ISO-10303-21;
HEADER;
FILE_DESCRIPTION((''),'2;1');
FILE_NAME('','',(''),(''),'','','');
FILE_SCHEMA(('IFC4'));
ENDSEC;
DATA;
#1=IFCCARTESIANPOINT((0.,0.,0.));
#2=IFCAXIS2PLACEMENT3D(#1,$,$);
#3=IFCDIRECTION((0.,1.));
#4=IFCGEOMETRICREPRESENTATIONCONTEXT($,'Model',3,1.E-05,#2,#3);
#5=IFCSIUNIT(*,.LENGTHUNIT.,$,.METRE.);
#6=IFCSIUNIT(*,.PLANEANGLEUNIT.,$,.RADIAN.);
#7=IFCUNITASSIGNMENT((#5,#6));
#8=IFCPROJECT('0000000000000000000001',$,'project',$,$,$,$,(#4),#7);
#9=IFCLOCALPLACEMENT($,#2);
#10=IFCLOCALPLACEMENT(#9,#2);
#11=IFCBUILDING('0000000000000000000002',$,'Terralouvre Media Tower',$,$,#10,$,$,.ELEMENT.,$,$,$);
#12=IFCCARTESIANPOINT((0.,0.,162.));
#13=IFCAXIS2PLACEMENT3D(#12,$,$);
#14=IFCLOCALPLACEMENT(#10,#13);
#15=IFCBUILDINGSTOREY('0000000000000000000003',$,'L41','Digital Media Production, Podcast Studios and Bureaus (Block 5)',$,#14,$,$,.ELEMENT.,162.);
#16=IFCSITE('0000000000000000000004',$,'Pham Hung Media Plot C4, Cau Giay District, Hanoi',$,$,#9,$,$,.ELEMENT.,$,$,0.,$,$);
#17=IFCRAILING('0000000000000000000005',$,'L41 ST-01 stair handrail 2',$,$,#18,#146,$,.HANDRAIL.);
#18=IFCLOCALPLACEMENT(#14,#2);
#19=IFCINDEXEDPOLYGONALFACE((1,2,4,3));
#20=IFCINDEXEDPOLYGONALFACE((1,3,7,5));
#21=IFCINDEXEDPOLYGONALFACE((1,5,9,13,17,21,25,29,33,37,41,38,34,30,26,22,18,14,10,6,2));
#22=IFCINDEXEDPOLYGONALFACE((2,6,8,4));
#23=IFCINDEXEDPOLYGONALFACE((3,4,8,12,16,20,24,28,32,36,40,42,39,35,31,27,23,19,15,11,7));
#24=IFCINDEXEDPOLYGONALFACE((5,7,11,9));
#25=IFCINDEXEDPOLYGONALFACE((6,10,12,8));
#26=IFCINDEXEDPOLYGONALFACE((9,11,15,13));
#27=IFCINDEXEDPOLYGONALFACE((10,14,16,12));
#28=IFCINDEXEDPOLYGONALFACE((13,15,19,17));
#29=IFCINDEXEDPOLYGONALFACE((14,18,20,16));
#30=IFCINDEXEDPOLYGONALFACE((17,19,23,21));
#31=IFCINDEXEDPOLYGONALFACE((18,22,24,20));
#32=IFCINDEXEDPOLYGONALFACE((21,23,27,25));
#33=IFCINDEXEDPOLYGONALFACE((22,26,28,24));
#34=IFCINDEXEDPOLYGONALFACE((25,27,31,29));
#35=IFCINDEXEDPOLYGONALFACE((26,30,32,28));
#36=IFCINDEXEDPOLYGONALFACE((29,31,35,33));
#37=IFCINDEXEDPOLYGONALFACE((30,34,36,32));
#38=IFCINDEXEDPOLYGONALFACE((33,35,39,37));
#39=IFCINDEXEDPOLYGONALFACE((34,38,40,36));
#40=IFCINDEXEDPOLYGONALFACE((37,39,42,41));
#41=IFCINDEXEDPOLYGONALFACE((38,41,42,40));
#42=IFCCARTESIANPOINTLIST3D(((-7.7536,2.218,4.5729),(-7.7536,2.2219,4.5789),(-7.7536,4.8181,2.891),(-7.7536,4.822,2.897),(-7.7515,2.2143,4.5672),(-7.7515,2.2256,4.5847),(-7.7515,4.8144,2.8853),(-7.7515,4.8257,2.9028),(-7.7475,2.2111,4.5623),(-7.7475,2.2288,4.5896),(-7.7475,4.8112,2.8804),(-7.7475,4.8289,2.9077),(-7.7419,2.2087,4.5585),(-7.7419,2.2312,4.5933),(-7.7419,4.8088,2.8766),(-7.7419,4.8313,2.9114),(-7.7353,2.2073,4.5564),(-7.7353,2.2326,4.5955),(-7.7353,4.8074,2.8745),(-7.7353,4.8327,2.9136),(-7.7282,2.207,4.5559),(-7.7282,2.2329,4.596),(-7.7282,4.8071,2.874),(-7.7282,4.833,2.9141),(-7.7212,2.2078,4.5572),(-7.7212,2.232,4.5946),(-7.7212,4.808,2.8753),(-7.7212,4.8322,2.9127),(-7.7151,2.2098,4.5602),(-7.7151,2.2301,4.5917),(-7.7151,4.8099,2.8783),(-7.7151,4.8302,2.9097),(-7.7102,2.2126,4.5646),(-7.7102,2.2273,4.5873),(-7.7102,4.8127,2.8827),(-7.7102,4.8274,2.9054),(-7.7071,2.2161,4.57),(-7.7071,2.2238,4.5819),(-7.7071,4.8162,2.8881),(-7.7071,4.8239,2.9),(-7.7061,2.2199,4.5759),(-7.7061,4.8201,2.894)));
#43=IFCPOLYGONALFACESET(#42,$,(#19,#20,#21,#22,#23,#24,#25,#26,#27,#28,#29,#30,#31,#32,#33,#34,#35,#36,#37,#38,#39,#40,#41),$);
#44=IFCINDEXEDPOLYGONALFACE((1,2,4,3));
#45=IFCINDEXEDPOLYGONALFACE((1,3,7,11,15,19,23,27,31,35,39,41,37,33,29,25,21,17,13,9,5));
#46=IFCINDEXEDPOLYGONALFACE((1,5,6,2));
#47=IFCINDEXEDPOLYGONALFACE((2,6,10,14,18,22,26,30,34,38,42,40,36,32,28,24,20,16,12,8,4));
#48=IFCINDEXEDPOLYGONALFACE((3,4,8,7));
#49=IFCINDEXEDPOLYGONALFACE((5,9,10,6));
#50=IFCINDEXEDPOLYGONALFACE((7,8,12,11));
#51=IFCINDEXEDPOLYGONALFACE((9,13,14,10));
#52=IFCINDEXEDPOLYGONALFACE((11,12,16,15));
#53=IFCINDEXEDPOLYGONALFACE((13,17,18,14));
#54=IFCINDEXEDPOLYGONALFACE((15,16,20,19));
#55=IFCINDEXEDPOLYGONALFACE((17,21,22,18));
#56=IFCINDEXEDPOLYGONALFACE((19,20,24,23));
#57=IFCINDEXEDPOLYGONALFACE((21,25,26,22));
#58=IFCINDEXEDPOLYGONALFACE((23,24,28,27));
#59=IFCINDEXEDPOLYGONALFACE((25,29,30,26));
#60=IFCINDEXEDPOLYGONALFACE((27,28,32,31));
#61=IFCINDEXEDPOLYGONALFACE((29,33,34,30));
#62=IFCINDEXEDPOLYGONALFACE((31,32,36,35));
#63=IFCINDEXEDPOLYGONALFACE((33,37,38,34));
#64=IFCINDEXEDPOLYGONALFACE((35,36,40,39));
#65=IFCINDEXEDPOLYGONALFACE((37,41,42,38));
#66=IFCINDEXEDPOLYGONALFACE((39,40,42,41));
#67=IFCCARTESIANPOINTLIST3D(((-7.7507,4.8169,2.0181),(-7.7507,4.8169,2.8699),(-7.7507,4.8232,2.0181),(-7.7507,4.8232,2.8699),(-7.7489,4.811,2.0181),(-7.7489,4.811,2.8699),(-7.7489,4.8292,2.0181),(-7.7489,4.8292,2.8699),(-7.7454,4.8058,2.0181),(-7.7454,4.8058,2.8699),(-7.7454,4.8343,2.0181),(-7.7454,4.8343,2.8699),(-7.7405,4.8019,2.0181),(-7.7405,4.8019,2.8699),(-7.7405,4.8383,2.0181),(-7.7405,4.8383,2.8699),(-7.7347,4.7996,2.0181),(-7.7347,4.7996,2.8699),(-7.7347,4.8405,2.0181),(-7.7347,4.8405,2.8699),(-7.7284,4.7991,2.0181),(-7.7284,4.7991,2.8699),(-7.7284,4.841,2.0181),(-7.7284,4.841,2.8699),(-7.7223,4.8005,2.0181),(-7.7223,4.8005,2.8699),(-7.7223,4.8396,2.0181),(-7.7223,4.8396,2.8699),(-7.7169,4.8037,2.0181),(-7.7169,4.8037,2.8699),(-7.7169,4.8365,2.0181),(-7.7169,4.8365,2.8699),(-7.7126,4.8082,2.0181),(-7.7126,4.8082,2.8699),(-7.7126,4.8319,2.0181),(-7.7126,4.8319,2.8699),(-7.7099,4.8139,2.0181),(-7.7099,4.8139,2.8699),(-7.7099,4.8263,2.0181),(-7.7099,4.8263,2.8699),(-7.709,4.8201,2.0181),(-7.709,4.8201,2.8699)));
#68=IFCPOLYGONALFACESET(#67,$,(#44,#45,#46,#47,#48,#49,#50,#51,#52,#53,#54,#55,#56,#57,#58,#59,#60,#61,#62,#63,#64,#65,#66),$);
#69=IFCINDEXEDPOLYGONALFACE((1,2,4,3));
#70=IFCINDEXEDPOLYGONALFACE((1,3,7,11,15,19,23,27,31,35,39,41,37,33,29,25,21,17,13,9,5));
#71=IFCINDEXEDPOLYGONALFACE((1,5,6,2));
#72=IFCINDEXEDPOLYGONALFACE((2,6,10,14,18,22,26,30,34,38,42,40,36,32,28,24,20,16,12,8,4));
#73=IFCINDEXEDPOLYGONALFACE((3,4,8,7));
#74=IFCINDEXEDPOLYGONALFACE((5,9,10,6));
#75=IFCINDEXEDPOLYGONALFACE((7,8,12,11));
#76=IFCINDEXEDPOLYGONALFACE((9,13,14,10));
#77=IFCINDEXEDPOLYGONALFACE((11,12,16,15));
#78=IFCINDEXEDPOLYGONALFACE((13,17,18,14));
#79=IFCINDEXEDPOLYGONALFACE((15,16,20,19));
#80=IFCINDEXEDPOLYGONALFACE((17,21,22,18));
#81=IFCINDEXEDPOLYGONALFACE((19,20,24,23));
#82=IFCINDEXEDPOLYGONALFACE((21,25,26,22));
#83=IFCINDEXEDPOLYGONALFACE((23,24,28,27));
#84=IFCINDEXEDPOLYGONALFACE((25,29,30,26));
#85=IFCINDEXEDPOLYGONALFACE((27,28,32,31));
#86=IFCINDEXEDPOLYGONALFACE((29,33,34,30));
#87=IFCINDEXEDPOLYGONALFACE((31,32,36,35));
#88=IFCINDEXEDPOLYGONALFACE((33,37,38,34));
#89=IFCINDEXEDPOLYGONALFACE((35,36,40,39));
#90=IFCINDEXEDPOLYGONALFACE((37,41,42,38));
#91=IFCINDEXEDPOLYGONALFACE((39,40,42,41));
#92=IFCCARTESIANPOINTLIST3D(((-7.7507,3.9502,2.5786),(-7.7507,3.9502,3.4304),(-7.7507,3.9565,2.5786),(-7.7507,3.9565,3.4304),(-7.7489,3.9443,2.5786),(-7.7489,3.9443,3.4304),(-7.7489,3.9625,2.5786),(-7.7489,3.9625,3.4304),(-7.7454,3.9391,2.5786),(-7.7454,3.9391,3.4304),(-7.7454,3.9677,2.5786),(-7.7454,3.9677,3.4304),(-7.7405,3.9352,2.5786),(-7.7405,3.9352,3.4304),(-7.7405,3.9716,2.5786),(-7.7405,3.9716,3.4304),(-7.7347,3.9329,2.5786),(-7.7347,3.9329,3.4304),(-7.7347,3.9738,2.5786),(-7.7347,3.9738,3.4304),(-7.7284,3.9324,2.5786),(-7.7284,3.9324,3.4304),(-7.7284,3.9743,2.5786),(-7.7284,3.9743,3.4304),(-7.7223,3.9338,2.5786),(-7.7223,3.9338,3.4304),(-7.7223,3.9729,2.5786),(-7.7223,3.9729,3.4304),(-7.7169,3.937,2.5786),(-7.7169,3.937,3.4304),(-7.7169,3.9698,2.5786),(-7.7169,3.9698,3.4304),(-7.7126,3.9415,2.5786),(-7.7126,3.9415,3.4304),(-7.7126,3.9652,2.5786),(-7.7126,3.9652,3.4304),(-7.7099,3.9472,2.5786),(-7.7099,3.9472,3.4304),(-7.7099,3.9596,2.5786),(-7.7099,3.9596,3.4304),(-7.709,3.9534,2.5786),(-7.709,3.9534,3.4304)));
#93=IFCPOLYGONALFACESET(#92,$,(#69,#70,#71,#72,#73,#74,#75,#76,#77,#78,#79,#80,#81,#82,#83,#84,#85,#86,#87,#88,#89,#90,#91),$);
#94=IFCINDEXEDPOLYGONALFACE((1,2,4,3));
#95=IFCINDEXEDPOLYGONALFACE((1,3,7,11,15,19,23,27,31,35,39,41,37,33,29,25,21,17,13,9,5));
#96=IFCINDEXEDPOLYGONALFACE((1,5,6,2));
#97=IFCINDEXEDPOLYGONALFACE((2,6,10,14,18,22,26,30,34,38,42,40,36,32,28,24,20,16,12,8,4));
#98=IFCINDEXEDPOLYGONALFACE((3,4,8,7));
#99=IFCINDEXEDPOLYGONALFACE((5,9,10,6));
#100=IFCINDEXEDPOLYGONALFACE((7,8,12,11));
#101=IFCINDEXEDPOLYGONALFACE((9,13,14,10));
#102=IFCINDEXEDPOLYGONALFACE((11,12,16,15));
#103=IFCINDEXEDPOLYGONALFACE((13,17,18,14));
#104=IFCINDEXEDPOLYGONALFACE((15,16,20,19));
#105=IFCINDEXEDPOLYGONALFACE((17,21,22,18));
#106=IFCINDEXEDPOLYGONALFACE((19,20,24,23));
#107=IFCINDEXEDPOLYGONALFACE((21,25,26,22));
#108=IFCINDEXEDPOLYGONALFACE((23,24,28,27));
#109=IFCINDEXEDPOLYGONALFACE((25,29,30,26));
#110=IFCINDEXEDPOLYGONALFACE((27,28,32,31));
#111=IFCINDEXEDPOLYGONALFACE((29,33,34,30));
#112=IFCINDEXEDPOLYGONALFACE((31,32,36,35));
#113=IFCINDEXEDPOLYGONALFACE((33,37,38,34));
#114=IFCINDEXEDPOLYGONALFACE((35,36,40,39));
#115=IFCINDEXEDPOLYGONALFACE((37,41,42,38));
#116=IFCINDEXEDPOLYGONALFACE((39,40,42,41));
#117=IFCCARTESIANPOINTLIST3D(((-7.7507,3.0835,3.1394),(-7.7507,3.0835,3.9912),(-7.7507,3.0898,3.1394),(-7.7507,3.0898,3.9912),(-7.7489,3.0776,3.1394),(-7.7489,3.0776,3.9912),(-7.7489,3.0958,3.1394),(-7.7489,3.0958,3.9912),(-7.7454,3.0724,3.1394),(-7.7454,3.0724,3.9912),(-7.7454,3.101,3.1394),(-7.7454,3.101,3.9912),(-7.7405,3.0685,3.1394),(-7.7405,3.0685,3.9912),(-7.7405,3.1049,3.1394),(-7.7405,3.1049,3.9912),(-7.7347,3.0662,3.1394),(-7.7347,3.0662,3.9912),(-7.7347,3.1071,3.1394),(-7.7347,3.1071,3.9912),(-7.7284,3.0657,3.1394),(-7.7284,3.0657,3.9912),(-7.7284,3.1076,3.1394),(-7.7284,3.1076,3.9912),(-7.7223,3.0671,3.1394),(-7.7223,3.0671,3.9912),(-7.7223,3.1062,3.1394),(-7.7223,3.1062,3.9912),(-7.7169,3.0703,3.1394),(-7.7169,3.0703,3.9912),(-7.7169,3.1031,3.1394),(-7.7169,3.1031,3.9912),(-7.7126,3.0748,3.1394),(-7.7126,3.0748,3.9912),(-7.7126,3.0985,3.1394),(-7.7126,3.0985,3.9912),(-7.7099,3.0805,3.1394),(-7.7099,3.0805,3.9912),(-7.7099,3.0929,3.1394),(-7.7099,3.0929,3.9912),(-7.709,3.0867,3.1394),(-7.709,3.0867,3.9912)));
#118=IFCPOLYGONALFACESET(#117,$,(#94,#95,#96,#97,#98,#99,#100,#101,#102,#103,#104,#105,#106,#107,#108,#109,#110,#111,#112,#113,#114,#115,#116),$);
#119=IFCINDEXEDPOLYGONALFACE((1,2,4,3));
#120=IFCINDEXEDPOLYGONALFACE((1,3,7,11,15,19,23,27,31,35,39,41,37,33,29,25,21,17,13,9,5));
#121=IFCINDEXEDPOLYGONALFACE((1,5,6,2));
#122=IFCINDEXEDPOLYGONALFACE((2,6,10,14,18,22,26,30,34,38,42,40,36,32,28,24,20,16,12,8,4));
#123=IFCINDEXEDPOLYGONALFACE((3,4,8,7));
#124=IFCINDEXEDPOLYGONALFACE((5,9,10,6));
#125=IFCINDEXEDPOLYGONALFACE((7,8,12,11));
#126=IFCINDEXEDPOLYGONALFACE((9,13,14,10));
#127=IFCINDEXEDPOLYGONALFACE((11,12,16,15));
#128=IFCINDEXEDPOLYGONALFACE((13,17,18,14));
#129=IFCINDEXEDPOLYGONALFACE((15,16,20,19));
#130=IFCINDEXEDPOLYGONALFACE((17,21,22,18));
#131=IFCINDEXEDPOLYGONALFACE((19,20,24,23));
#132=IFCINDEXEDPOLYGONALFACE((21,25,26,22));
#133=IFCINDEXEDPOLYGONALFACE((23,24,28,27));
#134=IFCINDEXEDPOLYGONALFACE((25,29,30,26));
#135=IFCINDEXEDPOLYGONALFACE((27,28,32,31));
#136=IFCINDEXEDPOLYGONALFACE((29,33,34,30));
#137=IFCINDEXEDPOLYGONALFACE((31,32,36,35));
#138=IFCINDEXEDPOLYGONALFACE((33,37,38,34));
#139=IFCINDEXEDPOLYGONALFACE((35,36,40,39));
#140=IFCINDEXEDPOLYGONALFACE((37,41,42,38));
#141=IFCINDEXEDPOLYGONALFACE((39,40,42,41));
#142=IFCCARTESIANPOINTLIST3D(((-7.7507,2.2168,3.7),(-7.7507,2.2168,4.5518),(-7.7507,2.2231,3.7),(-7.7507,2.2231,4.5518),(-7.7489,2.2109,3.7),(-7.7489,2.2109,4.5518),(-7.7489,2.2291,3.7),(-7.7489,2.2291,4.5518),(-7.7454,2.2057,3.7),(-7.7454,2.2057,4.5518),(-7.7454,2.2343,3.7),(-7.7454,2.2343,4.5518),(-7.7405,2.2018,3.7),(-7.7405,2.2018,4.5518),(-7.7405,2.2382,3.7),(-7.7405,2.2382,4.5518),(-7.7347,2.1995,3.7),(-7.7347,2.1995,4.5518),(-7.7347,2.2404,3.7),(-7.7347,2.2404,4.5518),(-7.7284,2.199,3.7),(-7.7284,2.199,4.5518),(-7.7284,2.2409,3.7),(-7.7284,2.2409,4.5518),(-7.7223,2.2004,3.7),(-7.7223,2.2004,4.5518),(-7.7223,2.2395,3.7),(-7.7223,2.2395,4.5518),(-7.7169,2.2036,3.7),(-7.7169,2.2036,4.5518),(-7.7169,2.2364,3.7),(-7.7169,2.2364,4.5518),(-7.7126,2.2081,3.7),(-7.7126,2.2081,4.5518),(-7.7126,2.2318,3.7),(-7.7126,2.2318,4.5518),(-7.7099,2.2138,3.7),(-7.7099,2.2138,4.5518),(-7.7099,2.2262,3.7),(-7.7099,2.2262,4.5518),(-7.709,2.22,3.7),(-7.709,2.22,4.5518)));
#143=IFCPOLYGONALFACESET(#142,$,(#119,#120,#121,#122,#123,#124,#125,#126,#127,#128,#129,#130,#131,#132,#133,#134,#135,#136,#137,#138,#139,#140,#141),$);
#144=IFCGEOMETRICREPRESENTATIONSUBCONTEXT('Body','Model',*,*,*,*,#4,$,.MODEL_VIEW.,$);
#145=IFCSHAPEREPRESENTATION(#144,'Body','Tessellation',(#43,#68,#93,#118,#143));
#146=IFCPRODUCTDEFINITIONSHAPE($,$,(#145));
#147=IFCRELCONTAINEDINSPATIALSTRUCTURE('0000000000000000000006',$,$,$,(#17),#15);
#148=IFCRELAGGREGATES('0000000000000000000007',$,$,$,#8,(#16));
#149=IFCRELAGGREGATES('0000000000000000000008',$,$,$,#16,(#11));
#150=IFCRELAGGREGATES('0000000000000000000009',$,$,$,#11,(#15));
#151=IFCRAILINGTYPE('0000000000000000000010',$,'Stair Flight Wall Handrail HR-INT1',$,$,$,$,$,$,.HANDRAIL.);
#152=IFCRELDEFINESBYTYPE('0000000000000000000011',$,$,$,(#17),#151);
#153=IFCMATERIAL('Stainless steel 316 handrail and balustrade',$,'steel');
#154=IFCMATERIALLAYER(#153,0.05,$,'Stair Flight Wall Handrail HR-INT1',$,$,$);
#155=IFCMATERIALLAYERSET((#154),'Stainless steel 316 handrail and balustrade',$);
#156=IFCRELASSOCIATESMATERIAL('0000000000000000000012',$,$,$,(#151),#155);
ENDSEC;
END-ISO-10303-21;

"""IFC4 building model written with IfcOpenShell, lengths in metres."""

from ifc_helpers import new_model, si_unit, direction, frame, origin, origin_2d, place, context, subcontext, project, spatial, circle, extrude, material, layer, layer_set, type_object, element, save


model = new_model("IFC4")

# Units and contexts
model_context = context("Model", 3, precision=1e-05, world=origin(), true_north=direction((0.0, 1.0)))
body_context = subcontext(model_context, "Body", "Model", "MODEL_VIEW")
ifc_project = project(units=[si_unit("LENGTHUNIT", "METRE"), si_unit("PLANEANGLEUNIT", "RADIAN")], contexts=[model_context])

# Site, building, storey
site_placement = place(None, origin())
site = spatial("IfcSite", under=ifc_project, at=site_placement, Name="Pham Hung Media Plot C4, Cau Giay District, Hanoi", CompositionType="ELEMENT", RefElevation=0.0)
building_placement = place(site_placement, origin())
building = spatial("IfcBuilding", under=site, at=building_placement, Name="Terralouvre Media Tower", CompositionType="ELEMENT")
storey_placement = place(building_placement, frame((0.0, 0.0, 162.0)))
storey = spatial("IfcBuildingStorey", under=building, at=storey_placement, Name="L41", Description="Digital Media Production, Podcast Studios and Bureaus (Block 5)", CompositionType="ELEMENT", Elevation=162.0)

# Railing
ifc_material_1 = material(Name="Stainless steel 316 handrail and balustrade", Category="steel")
ifc_layer_1 = layer(ifc_material_1, 0.05, Name="Stair Flight Wall Handrail HR-INT1")
ifc_layer_set_1 = layer_set([ifc_layer_1], Name="Stainless steel 316 handrail and balustrade")
railing_type_1 = type_object("IfcRailingType", Name="Stair Flight Wall Handrail HR-INT1", PredefinedType="HANDRAIL", material=ifc_layer_set_1)
railing_1_placement = place(storey_placement, frame((-7.73, 4.8201, 2.0181)))
element("IfcRailing", 1, at=railing_1_placement, inside=storey, type_object=railing_type_1, Name="L41 ST-01 stair handrail 2", PredefinedType="HANDRAIL", context=body_context, shape_type="SweptSolid", body=[
    extrude(circle(Radius=0.0239, at=origin_2d()), frame((0.0, 0.0, 0.876), z_axis=(0.0, -0.839648, 0.54313), x_axis=(1.0, 0.0, 0.0)), (0.0, 0.0, 1.0), 3.0967),
    extrude(circle(Radius=0.021, at=origin_2d()), origin(), (0.0, 0.0, 1.0), 0.8518),
    extrude(circle(Radius=0.021, at=origin_2d()), frame((0.0, -0.8667, 0.5605)), (0.0, 0.0, 1.0), 0.8518),
    extrude(circle(Radius=0.021, at=origin_2d()), frame((0.0, -1.7334, 1.1213)), (0.0, 0.0, 1.0), 0.8518),
    extrude(circle(Radius=0.021, at=origin_2d()), frame((0.0, -2.6001, 1.6819)), (0.0, 0.0, 1.0), 0.8518),
])

save(model, "model.ifc")
